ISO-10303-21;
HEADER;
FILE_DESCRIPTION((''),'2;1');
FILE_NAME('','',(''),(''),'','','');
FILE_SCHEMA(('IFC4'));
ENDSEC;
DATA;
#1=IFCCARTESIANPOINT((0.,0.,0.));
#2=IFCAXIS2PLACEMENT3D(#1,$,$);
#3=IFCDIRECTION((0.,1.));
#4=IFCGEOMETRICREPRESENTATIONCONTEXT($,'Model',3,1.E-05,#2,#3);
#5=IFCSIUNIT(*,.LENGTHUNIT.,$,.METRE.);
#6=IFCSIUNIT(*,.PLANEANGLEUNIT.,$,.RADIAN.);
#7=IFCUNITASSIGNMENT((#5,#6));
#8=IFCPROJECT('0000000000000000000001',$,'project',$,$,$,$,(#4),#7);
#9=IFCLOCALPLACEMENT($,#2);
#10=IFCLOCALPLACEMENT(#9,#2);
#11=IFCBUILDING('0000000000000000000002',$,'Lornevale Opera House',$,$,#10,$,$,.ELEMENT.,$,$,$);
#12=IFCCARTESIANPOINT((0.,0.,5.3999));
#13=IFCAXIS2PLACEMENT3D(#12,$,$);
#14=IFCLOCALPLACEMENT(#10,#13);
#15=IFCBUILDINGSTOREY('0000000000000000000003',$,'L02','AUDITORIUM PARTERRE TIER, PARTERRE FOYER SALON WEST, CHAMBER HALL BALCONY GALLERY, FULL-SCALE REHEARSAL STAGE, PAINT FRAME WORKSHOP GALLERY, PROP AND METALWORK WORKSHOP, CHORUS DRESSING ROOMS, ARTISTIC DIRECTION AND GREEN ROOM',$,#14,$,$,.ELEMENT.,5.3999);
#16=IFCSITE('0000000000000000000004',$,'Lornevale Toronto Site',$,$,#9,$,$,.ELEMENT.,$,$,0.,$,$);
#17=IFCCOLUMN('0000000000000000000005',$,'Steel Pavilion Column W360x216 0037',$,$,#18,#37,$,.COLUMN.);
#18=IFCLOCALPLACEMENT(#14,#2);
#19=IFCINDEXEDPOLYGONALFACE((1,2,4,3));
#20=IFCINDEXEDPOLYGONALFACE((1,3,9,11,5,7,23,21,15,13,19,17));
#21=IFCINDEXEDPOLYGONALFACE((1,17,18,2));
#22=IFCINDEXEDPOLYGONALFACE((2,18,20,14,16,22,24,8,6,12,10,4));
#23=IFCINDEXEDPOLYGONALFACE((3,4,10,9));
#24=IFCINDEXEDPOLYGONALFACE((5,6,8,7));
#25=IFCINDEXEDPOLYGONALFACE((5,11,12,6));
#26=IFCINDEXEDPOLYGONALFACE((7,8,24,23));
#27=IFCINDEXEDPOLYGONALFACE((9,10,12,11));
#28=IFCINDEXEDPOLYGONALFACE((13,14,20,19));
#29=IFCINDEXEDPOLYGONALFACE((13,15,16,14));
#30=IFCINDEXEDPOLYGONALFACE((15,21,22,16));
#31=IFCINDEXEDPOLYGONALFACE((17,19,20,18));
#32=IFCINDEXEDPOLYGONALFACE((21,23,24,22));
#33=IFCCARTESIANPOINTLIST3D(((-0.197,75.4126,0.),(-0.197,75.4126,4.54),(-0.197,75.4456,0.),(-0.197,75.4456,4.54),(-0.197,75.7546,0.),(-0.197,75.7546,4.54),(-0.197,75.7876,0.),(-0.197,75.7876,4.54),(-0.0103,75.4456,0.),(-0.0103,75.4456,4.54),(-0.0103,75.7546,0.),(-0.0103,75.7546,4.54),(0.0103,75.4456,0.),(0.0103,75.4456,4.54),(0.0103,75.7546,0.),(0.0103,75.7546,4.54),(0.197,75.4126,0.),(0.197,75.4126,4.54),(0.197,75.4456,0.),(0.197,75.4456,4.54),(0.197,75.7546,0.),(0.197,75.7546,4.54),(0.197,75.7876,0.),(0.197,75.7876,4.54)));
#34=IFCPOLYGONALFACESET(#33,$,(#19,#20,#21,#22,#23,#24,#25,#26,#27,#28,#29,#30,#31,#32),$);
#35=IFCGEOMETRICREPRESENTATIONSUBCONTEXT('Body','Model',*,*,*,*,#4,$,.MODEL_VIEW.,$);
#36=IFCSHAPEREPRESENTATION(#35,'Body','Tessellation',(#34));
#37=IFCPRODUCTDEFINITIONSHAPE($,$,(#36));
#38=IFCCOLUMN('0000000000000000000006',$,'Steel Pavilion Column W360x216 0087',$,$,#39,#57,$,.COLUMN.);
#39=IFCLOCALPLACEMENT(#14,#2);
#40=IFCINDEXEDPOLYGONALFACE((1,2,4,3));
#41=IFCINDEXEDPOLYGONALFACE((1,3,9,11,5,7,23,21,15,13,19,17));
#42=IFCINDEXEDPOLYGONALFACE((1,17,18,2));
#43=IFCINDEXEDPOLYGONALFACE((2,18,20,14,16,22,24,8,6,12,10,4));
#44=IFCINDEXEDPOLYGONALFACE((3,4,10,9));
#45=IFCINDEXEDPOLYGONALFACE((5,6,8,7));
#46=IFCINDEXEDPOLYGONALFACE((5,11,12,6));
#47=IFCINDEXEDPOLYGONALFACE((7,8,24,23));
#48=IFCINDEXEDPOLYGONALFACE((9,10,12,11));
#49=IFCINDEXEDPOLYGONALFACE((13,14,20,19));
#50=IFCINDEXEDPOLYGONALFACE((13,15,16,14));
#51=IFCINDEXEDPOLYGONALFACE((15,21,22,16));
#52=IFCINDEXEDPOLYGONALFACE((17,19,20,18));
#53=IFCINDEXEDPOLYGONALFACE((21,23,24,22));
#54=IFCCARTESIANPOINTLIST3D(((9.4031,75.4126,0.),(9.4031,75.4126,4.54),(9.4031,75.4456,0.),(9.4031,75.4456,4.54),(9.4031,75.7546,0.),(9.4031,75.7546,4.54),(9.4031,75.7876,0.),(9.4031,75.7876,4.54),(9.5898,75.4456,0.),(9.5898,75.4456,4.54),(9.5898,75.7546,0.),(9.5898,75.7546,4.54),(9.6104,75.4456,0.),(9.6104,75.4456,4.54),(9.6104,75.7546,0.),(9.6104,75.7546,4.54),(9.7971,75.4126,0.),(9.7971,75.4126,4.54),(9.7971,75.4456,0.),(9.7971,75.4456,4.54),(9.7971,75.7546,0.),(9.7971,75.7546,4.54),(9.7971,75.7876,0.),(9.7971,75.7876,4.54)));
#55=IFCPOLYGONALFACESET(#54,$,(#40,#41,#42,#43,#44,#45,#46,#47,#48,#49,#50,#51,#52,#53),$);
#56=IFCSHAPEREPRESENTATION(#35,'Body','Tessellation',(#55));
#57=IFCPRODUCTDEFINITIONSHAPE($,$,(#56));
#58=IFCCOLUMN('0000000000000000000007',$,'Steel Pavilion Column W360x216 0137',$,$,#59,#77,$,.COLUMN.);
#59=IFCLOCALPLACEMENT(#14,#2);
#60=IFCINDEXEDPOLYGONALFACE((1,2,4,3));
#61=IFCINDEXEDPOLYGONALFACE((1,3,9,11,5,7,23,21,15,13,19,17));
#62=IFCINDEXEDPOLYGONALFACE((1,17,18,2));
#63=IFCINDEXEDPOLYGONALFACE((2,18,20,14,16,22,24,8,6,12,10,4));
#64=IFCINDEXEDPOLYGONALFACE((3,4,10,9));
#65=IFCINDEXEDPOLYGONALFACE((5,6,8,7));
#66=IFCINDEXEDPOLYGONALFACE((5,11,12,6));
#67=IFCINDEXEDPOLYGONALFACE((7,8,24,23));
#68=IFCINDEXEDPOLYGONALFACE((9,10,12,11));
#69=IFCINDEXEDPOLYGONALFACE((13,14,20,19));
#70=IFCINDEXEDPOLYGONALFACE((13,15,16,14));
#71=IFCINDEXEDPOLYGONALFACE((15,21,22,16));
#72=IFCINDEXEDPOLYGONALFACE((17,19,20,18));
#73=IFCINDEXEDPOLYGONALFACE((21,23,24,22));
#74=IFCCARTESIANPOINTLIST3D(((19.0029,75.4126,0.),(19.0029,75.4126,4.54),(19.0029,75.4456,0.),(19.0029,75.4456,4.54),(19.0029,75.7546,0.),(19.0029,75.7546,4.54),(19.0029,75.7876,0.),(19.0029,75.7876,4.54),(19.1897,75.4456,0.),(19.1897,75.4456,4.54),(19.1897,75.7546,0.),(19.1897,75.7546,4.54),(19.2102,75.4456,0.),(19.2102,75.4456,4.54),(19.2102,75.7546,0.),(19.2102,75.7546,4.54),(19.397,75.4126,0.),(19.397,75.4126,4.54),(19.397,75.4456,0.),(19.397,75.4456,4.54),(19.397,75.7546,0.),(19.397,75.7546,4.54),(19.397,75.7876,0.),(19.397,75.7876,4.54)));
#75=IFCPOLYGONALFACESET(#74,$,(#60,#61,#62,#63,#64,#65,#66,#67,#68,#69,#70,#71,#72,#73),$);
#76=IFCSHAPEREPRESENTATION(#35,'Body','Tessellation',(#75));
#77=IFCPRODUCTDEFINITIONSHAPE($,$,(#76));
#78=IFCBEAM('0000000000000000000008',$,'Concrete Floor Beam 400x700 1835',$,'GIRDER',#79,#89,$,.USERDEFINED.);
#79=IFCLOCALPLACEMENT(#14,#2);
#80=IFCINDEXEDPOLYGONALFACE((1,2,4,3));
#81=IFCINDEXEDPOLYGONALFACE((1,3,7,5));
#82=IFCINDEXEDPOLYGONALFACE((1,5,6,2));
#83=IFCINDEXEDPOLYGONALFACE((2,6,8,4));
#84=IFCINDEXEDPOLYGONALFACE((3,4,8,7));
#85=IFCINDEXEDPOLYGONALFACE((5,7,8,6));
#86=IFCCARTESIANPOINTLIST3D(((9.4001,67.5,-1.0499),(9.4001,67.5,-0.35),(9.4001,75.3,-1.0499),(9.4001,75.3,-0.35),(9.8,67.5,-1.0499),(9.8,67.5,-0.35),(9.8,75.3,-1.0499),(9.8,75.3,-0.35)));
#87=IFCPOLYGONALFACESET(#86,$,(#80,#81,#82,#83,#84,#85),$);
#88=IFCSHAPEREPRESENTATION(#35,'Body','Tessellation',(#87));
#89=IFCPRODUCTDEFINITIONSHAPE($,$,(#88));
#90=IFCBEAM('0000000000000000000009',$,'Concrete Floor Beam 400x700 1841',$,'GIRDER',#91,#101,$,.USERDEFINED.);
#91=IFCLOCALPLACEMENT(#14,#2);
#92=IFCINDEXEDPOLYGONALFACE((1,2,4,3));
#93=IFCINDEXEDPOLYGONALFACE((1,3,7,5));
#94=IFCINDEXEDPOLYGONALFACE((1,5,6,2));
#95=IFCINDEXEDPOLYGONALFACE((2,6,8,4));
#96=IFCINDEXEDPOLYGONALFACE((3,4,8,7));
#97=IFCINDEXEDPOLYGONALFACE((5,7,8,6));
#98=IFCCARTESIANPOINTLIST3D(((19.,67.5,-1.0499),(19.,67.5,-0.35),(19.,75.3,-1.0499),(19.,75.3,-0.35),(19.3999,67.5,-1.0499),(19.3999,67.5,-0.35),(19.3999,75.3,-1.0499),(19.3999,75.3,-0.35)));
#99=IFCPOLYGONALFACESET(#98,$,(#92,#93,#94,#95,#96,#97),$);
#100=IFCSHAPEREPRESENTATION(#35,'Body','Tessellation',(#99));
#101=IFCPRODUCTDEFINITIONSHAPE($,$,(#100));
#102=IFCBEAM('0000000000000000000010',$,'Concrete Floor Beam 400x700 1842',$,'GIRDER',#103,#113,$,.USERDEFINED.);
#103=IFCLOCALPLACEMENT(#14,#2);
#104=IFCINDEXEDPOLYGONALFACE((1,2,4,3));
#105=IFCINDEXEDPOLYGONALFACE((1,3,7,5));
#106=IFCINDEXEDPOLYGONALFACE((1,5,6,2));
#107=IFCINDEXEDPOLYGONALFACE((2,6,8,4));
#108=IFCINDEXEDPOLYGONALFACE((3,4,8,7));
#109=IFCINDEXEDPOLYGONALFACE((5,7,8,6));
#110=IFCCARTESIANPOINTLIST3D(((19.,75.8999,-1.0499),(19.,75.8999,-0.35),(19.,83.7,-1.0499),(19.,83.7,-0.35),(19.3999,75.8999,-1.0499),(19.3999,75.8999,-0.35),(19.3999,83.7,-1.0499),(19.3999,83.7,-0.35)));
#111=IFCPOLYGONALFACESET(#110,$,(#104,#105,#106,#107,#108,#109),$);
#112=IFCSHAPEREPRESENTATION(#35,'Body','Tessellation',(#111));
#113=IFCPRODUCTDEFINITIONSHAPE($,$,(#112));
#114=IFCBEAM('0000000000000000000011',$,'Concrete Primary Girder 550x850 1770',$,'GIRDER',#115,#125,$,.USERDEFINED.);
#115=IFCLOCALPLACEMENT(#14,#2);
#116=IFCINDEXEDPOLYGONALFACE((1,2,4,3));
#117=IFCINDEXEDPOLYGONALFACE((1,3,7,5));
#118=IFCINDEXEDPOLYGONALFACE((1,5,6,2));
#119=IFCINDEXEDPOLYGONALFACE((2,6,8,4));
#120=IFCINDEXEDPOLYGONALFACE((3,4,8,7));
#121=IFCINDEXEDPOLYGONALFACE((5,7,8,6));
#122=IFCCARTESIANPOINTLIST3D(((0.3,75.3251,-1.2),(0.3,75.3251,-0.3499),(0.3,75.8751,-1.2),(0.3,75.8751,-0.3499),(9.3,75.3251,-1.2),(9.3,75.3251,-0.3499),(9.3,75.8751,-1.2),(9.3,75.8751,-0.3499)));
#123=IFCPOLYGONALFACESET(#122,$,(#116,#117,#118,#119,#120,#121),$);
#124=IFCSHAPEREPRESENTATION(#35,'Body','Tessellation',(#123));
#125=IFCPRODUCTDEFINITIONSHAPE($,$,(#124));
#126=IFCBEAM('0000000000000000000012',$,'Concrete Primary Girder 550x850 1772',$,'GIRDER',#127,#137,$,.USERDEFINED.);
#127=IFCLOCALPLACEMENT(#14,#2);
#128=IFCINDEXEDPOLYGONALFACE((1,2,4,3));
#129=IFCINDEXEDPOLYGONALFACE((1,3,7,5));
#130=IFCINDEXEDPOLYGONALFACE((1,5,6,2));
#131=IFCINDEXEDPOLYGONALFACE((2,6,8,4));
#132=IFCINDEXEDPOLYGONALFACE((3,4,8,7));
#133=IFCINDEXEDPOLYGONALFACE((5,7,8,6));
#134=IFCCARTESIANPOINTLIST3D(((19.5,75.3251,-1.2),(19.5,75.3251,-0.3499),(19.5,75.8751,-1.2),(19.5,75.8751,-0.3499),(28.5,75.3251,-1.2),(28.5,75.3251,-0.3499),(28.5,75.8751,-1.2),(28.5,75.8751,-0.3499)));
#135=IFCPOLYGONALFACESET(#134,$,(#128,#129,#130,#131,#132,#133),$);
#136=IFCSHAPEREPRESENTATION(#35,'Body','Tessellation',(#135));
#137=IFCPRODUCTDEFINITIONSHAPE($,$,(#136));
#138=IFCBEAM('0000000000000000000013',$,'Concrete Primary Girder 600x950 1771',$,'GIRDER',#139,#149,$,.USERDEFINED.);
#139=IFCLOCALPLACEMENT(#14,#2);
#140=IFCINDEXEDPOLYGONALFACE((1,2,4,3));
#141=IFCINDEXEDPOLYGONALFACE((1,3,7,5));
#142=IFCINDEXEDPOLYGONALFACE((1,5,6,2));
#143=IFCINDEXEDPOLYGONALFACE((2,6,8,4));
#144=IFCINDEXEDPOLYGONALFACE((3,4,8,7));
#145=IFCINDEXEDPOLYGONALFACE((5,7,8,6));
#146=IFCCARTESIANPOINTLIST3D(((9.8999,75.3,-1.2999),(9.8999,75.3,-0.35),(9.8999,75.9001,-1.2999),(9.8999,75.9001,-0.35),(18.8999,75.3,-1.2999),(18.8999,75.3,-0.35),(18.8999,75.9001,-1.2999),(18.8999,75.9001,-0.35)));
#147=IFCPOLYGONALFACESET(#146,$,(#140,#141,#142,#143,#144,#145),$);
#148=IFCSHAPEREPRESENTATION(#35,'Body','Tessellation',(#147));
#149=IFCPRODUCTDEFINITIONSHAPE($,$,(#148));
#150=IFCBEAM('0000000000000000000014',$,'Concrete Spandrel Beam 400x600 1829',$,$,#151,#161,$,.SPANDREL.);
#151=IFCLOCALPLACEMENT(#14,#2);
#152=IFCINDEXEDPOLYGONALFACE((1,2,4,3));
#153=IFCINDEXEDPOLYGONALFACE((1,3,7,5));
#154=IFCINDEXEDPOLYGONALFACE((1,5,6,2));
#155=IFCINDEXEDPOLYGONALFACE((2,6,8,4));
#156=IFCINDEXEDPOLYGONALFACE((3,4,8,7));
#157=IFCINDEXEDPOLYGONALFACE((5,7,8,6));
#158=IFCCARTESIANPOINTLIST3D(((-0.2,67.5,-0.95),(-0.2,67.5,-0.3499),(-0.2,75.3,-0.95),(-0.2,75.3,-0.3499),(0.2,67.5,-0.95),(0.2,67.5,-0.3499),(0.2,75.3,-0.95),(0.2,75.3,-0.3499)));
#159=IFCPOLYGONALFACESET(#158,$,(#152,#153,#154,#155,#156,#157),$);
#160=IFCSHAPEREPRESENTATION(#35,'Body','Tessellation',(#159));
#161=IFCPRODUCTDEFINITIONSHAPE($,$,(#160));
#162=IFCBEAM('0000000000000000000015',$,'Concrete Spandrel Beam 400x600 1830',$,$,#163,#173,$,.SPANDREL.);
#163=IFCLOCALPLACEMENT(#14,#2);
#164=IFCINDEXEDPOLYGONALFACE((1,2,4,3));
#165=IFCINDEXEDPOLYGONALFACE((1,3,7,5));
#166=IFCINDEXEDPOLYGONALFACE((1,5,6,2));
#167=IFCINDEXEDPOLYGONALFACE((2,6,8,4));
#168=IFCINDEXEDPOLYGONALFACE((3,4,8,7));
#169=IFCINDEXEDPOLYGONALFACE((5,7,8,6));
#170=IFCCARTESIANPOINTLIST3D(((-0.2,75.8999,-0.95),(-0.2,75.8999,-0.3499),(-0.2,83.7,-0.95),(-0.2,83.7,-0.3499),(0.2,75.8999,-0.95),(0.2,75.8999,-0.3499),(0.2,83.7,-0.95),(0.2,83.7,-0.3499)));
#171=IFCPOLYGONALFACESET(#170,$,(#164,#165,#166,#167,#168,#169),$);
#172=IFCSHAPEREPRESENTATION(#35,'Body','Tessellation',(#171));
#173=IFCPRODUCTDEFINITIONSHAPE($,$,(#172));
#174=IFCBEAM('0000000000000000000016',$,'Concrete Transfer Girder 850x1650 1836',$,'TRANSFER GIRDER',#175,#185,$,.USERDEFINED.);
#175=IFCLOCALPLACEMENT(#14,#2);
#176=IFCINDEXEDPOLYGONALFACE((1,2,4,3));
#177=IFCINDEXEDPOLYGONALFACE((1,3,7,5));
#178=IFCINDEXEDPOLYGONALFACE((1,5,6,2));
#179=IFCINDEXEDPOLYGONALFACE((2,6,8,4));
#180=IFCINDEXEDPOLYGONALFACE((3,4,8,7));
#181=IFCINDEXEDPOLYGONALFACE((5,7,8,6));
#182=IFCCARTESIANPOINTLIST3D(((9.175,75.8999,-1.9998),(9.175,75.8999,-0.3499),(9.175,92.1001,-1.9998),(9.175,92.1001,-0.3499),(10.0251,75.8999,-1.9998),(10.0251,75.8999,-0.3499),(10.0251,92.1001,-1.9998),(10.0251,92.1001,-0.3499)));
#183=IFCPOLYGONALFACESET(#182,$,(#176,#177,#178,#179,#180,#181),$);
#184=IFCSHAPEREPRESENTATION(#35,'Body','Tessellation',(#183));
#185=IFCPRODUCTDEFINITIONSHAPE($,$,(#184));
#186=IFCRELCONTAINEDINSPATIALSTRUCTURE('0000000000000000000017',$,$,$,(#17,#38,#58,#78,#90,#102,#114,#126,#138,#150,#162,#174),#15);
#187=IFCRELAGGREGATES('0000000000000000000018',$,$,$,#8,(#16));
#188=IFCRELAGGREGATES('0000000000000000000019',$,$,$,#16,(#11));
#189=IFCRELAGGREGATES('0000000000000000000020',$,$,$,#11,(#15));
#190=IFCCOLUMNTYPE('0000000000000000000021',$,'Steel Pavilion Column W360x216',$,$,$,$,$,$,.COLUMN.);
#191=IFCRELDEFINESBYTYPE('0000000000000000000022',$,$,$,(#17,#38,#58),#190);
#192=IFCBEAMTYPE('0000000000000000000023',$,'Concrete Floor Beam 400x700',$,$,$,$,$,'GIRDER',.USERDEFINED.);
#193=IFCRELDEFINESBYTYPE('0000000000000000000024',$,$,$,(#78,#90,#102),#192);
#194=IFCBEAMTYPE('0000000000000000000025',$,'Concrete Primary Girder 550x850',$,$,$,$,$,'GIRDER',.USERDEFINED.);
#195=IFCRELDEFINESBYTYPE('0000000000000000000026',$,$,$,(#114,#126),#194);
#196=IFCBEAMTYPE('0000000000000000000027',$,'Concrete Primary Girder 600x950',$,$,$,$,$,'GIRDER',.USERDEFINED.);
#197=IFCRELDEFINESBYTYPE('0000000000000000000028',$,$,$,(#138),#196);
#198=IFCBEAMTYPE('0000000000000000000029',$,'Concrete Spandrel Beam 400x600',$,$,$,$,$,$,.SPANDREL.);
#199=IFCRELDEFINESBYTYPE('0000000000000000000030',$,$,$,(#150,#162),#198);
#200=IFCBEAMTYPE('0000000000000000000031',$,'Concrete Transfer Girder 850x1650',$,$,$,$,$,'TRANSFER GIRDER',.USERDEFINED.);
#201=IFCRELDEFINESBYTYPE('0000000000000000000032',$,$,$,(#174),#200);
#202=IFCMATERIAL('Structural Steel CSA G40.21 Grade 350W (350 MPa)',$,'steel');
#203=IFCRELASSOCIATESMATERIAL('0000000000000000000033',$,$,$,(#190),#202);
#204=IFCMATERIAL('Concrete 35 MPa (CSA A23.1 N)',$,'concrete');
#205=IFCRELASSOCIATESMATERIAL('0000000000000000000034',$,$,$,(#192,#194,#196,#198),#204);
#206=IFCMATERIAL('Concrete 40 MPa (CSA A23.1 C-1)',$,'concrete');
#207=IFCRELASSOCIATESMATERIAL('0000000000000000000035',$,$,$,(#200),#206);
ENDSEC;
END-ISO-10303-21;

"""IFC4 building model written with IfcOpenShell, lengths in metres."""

from ifc_helpers import new_model, si_unit, direction, frame, origin, origin_2d, place, context, subcontext, project, spatial, rectangle, i_section, extrude, material, material_profile, profile_set, type_object, element, save


model = new_model("IFC4")

# Units and contexts
model_context = context("Model", 3, precision=1e-05, world=origin(), true_north=direction((0.0, 1.0)))
body_context = subcontext(model_context, "Body", "Model", "MODEL_VIEW")
ifc_project = project(units=[si_unit("LENGTHUNIT", "METRE"), si_unit("PLANEANGLEUNIT", "RADIAN")], contexts=[model_context])

# Site, building, storey
site_placement = place(None, origin())
site = spatial("IfcSite", under=ifc_project, at=site_placement, Name="Lornevale Toronto Site", CompositionType="ELEMENT", RefElevation=0.0)
building_placement = place(site_placement, origin())
building = spatial("IfcBuilding", under=site, at=building_placement, Name="Lornevale Opera House", CompositionType="ELEMENT")
storey_placement = place(building_placement, frame((0.0, 0.0, 5.3999)))
storey = spatial("IfcBuildingStorey", under=building, at=storey_placement, Name="L02", Description="AUDITORIUM PARTERRE TIER, PARTERRE FOYER SALON WEST, CHAMBER HALL BALCONY GALLERY, FULL-SCALE REHEARSAL STAGE, PAINT FRAME WORKSHOP GALLERY, PROP AND METALWORK WORKSHOP, CHORUS DRESSING ROOMS, ARTISTIC DIRECTION AND GREEN ROOM", CompositionType="ELEMENT", Elevation=5.3999)

# Columns
ifc_material_1 = material(Name="Structural Steel CSA G40.21 Grade 350W (350 MPa)", Category="steel")
ifc_material_profile_1 = material_profile(ifc_material_1, i_section(OverallWidth=0.394, OverallDepth=0.375, WebThickness=0.0205, FlangeThickness=0.033, at=origin_2d()), Name="W360x216")
ifc_profile_set_1 = profile_set([ifc_material_profile_1], Name="Structural Steel CSA G40.21 Grade 350W (350 MPa)")
column_type = type_object("IfcColumnType", Name="Steel Pavilion Column W360x216", PredefinedType="COLUMN", material=ifc_profile_set_1)
for number, where, z_axis, x_axis, name in (
    (1, (0.0, 75.6001, 0.0), (0.0, 0.0, 1.0), (1.0, 0.0, 0.0), "Steel Pavilion Column W360x216 0037"),
    (2, (9.6001, 75.6001, 0.0), (0.0, 0.0, 1.0), (1.0, 0.0, 0.0), "Steel Pavilion Column W360x216 0087"),
    (3, (19.2, 75.6001, 0.0), (0.0, 0.0, 1.0), (1.0, 0.0, 0.0), "Steel Pavilion Column W360x216 0137"),
):
    element("IfcColumn", number, at=place(storey_placement, frame(where, z_axis=z_axis, x_axis=x_axis)), inside=storey, type_object=column_type, Name=name, PredefinedType="COLUMN", context=body_context, shape_type="SweptSolid", body=[
        extrude(i_section(OverallWidth=0.394, OverallDepth=0.375, WebThickness=0.0205, FlangeThickness=0.033, at=origin_2d()), origin(), (0.0, 0.0, 1.0), 4.54),
    ])

# Beams
ifc_material_2 = material(Name="Concrete 35 MPa (CSA A23.1 N)", Category="concrete")
ifc_material_profile_2 = material_profile(ifc_material_2, rectangle(XDim=0.3999, YDim=0.7, at=origin_2d()), Name="RC400x700")
ifc_profile_set_2 = profile_set([ifc_material_profile_2], Name="Concrete 35 MPa (CSA A23.1 N)")
beam_type_1 = type_object("IfcBeamType", Name="Concrete Floor Beam 400x700", ElementType="GIRDER", PredefinedType="USERDEFINED", material=ifc_profile_set_2)
for number, where, z_axis, x_axis, name in (
    (4, (9.6001, 67.5, -0.7), (0.0, 1.0, 0.0), (-1.0, 0.0, 0.0), "Concrete Floor Beam 400x700 1835"),
    (5, (19.2, 67.5, -0.7), (0.0, 1.0, 0.0), (-1.0, 0.0, 0.0), "Concrete Floor Beam 400x700 1841"),
    (6, (19.2, 75.8999, -0.7), (0.0, 1.0, 0.0), (-1.0, 0.0, 0.0), "Concrete Floor Beam 400x700 1842"),
):
    element("IfcBeam", number, at=place(storey_placement, frame(where, z_axis=z_axis, x_axis=x_axis)), inside=storey, type_object=beam_type_1, Name=name, ObjectType="GIRDER", PredefinedType="USERDEFINED", context=body_context, shape_type="SweptSolid", body=[
        extrude(rectangle(XDim=0.3999, YDim=0.7, at=origin_2d()), origin(), (0.0, 0.0, 1.0), 7.8),
    ])
ifc_material_profile_3 = material_profile(ifc_material_2, rectangle(XDim=0.55, YDim=0.8501, at=origin_2d()), Name="RC550x850")
ifc_profile_set_3 = profile_set([ifc_material_profile_3], Name="Concrete 35 MPa (CSA A23.1 N)")
beam_type_2 = type_object("IfcBeamType", Name="Concrete Primary Girder 550x850", ElementType="GIRDER", PredefinedType="USERDEFINED", material=ifc_profile_set_3)
for number, where, z_axis, x_axis, name in (
    (7, (0.3, 75.6001, -0.7749), (1.0, 0.0, 0.0), (0.0, 1.0, 0.0), "Concrete Primary Girder 550x850 1770"),
    (8, (19.5, 75.6001, -0.7749), (1.0, 0.0, 0.0), (0.0, 1.0, 0.0), "Concrete Primary Girder 550x850 1772"),
):
    element("IfcBeam", number, at=place(storey_placement, frame(where, z_axis=z_axis, x_axis=x_axis)), inside=storey, type_object=beam_type_2, Name=name, ObjectType="GIRDER", PredefinedType="USERDEFINED", context=body_context, shape_type="SweptSolid", body=[
        extrude(rectangle(XDim=0.55, YDim=0.8501, at=origin_2d()), origin(), (0.0, 0.0, 1.0), 9.0),
    ])
ifc_material_profile_4 = material_profile(ifc_material_2, rectangle(XDim=0.6001, YDim=0.95, at=origin_2d()), Name="RC600x950")
ifc_profile_set_4 = profile_set([ifc_material_profile_4], Name="Concrete 35 MPa (CSA A23.1 N)")
beam_type_3 = type_object("IfcBeamType", Name="Concrete Primary Girder 600x950", ElementType="GIRDER", PredefinedType="USERDEFINED", material=ifc_profile_set_4)
beam_1_placement = place(storey_placement, frame((9.8999, 75.6001, -0.825), z_axis=(1.0, 0.0, 0.0), x_axis=(0.0, 1.0, 0.0)))
element("IfcBeam", 9, at=beam_1_placement, inside=storey, type_object=beam_type_3, Name="Concrete Primary Girder 600x950 1771", ObjectType="GIRDER", PredefinedType="USERDEFINED", context=body_context, shape_type="SweptSolid", body=[
    extrude(rectangle(XDim=0.6001, YDim=0.95, at=origin_2d()), origin(), (0.0, 0.0, 1.0), 9.0),
])
ifc_material_profile_5 = material_profile(ifc_material_2, rectangle(XDim=0.3999, YDim=0.6001, at=origin_2d()), Name="RC400x600")
ifc_profile_set_5 = profile_set([ifc_material_profile_5], Name="Concrete 35 MPa (CSA A23.1 N)")
beam_type_4 = type_object("IfcBeamType", Name="Concrete Spandrel Beam 400x600", PredefinedType="SPANDREL", material=ifc_profile_set_5)
for number, where, z_axis, x_axis, name in (
    (10, (0.0, 67.5, -0.6499), (0.0, 1.0, 0.0), (-1.0, 0.0, 0.0), "Concrete Spandrel Beam 400x600 1829"),
    (11, (0.0, 75.8999, -0.6499), (0.0, 1.0, 0.0), (-1.0, 0.0, 0.0), "Concrete Spandrel Beam 400x600 1830"),
):
    element("IfcBeam", number, at=place(storey_placement, frame(where, z_axis=z_axis, x_axis=x_axis)), inside=storey, type_object=beam_type_4, Name=name, PredefinedType="SPANDREL", context=body_context, shape_type="SweptSolid", body=[
        extrude(rectangle(XDim=0.3999, YDim=0.6001, at=origin_2d()), origin(), (0.0, 0.0, 1.0), 7.8),
    ])
ifc_material_3 = material(Name="Concrete 40 MPa (CSA A23.1 C-1)", Category="concrete")
ifc_material_profile_6 = material_profile(ifc_material_3, rectangle(XDim=0.8501, YDim=1.6499, at=origin_2d()), Name="RC850x1650")
ifc_profile_set_6 = profile_set([ifc_material_profile_6], Name="Concrete 40 MPa (CSA A23.1 C-1)")
beam_type_5 = type_object("IfcBeamType", Name="Concrete Transfer Girder 850x1650", ElementType="TRANSFER GIRDER", PredefinedType="USERDEFINED", material=ifc_profile_set_6)
beam_2_placement = place(storey_placement, frame((9.6001, 75.8999, -1.1748), z_axis=(0.0, 1.0, 0.0), x_axis=(-1.0, 0.0, 0.0)))
element("IfcBeam", 12, at=beam_2_placement, inside=storey, type_object=beam_type_5, Name="Concrete Transfer Girder 850x1650 1836", ObjectType="TRANSFER GIRDER", PredefinedType="USERDEFINED", context=body_context, shape_type="SweptSolid", body=[
    extrude(rectangle(XDim=0.8501, YDim=1.6499, at=origin_2d()), origin(), (0.0, 0.0, 1.0), 16.2002),
])

save(model, "model.ifc")
